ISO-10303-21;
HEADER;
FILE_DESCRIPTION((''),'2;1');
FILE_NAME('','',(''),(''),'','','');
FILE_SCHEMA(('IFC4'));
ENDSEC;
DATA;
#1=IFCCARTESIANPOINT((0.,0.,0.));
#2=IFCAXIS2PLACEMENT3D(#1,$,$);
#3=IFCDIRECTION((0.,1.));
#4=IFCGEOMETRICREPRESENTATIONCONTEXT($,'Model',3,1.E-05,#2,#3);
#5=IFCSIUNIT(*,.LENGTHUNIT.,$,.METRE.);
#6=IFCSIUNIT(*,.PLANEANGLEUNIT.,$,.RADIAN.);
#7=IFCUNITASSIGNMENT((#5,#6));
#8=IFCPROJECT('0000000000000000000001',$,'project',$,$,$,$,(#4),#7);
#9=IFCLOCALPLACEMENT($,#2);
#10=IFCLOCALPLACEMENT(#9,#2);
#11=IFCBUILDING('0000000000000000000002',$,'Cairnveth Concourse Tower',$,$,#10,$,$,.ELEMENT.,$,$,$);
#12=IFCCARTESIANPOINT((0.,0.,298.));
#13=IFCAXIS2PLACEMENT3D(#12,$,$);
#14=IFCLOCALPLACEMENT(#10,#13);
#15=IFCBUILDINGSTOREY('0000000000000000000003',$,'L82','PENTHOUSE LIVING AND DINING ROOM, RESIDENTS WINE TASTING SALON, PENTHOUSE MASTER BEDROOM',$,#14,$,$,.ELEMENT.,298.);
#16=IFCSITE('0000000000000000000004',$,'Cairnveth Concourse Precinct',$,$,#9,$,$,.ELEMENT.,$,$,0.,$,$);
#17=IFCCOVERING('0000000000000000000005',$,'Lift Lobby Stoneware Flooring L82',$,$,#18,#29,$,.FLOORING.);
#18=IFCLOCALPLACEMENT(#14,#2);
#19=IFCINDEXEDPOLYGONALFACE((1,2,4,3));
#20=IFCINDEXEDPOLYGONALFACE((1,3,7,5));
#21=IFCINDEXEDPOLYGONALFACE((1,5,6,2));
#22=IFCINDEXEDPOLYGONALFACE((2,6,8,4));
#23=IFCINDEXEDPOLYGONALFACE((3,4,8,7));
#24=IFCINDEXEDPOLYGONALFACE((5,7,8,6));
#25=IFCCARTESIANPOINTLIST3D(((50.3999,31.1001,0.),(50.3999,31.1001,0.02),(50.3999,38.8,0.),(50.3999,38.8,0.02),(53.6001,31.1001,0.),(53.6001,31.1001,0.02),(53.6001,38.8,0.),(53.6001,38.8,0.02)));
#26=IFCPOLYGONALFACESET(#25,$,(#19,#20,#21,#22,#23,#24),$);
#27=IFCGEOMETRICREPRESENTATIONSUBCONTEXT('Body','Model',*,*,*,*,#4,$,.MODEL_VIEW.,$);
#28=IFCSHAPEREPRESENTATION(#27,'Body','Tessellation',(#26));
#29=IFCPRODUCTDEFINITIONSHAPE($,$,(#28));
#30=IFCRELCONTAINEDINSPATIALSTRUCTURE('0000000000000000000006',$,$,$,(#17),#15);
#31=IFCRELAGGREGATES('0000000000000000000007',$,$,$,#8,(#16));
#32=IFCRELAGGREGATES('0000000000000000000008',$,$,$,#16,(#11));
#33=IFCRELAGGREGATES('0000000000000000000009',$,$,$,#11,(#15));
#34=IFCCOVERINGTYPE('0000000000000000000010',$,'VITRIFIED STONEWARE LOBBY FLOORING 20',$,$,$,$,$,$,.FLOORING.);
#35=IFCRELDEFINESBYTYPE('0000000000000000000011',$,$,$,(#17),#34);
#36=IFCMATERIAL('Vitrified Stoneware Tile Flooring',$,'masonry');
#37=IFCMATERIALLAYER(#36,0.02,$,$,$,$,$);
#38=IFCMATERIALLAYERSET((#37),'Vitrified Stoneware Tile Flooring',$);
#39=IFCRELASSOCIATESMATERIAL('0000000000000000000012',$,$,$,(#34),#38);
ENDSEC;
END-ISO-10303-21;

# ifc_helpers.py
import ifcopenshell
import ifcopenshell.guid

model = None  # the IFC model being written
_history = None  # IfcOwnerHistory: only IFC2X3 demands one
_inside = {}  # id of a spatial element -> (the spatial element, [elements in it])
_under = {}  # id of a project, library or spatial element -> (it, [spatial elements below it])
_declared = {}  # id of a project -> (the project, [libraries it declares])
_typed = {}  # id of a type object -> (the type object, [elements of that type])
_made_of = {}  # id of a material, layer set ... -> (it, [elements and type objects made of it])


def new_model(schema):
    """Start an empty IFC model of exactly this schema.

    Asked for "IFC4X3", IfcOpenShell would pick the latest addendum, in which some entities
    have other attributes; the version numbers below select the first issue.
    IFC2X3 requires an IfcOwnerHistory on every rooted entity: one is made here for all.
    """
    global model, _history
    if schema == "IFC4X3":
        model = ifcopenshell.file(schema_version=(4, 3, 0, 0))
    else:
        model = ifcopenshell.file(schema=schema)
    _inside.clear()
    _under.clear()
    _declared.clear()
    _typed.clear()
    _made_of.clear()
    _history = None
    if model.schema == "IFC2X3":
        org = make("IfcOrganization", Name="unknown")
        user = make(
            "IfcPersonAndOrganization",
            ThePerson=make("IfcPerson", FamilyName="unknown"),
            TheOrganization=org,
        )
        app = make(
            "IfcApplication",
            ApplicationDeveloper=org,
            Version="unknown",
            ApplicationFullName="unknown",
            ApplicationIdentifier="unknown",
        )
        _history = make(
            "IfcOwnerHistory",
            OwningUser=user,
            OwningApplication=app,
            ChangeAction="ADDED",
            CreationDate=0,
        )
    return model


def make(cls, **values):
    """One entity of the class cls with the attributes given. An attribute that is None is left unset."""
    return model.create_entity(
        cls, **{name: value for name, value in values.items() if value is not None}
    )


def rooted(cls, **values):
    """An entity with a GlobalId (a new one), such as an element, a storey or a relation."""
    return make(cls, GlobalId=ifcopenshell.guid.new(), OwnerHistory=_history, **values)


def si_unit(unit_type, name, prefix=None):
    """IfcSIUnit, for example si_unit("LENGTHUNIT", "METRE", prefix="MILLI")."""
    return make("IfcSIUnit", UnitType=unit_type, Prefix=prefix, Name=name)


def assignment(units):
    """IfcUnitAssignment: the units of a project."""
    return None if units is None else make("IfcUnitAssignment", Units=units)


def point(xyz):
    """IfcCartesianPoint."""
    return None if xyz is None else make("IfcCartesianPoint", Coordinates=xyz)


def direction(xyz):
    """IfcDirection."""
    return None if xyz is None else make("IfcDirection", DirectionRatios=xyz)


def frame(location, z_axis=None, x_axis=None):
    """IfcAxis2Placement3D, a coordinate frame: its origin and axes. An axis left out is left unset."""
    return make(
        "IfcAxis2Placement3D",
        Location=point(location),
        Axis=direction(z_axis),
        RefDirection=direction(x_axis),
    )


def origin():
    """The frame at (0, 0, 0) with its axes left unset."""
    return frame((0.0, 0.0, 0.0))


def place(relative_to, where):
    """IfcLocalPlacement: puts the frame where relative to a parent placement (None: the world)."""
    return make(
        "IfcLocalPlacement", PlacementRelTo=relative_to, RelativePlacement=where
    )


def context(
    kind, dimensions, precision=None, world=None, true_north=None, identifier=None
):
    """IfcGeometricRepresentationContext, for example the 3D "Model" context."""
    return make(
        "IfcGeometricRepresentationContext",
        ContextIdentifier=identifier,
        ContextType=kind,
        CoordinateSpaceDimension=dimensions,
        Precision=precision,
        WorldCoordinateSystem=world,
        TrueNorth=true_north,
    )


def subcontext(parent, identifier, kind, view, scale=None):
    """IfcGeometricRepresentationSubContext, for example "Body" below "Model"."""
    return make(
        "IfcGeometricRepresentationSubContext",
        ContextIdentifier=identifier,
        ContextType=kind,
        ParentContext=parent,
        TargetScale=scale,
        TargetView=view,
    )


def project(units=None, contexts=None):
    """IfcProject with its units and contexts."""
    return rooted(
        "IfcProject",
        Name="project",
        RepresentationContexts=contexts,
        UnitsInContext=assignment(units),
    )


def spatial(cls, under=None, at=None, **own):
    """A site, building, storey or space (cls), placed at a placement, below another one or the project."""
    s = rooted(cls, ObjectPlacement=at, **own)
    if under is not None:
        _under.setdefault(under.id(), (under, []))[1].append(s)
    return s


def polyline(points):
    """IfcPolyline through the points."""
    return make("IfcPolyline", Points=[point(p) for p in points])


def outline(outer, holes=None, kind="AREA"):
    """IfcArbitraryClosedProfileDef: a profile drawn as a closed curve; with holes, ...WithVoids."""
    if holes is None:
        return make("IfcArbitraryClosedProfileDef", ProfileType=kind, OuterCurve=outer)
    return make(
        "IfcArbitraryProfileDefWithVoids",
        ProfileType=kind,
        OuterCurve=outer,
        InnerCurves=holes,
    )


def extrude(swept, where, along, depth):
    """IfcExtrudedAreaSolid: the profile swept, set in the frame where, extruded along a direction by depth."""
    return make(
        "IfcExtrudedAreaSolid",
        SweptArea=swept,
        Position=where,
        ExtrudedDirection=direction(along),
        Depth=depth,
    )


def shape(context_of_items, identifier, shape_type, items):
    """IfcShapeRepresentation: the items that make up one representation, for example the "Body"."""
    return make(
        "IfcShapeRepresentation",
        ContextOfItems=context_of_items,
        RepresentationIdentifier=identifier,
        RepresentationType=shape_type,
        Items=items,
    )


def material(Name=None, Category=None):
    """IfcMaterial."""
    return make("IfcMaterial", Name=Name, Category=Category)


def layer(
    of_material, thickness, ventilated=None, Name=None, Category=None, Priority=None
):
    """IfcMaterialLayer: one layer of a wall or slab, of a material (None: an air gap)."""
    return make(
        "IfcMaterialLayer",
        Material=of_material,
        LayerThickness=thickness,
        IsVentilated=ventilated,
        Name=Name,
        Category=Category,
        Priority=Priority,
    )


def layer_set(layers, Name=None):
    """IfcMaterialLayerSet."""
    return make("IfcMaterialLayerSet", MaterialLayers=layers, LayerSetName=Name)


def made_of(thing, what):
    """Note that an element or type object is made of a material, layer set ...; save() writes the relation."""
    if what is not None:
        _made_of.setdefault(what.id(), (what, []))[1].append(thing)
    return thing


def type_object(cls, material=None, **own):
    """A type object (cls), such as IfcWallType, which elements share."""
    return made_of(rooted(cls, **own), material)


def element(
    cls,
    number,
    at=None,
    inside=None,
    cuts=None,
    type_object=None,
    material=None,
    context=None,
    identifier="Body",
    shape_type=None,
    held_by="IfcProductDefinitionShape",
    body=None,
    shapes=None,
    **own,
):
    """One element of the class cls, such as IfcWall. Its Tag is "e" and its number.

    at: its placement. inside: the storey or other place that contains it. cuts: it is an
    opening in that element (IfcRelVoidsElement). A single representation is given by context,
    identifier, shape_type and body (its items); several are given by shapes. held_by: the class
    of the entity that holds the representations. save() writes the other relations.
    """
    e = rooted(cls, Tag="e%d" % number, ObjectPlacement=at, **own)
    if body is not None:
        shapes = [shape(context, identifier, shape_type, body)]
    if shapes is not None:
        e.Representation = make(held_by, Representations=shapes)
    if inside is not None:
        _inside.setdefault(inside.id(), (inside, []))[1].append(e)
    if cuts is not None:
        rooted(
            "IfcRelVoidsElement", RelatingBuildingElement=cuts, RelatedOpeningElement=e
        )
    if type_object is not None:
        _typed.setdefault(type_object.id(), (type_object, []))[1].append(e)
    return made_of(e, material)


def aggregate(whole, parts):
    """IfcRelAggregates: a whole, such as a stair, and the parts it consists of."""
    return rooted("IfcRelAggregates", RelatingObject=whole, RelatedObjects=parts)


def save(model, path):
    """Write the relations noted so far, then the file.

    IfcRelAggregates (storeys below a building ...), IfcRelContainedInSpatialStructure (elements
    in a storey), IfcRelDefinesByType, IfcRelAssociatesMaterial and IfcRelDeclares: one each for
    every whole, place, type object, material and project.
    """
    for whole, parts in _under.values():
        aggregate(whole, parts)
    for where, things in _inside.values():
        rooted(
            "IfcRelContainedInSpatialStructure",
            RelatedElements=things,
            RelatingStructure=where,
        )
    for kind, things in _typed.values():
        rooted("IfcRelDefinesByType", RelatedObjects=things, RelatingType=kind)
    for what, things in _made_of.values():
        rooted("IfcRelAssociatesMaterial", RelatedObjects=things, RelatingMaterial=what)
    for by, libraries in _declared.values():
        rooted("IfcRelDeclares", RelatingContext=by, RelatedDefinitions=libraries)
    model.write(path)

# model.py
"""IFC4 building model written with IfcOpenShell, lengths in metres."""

from ifc_helpers import new_model, si_unit, direction, frame, origin, place, context, subcontext, project, spatial, polyline, outline, extrude, material, layer, layer_set, type_object, element, save


model = new_model("IFC4")

# Units and contexts
model_context = context("Model", 3, precision=1e-05, world=origin(), true_north=direction((0.0, 1.0)))
body_context = subcontext(model_context, "Body", "Model", "MODEL_VIEW")
ifc_project = project(units=[si_unit("LENGTHUNIT", "METRE"), si_unit("PLANEANGLEUNIT", "RADIAN")], contexts=[model_context])

# Site, building, storey
site_placement = place(None, origin())
site = spatial("IfcSite", under=ifc_project, at=site_placement, Name="Cairnveth Concourse Precinct", CompositionType="ELEMENT", RefElevation=0.0)
building_placement = place(site_placement, origin())
building = spatial("IfcBuilding", under=site, at=building_placement, Name="Cairnveth Concourse Tower", CompositionType="ELEMENT")
storey_placement = place(building_placement, frame((0.0, 0.0, 298.0)))
storey = spatial("IfcBuildingStorey", under=building, at=storey_placement, Name="L82", Description="PENTHOUSE LIVING AND DINING ROOM, RESIDENTS WINE TASTING SALON, PENTHOUSE MASTER BEDROOM", CompositionType="ELEMENT", Elevation=298.0)

# Covering
ifc_material_1 = material(Name="Vitrified Stoneware Tile Flooring", Category="masonry")
ifc_layer_1 = layer(ifc_material_1, 0.02)
ifc_layer_set_1 = layer_set([ifc_layer_1], Name="Vitrified Stoneware Tile Flooring")
covering_type_1 = type_object("IfcCoveringType", Name="VITRIFIED STONEWARE LOBBY FLOORING 20", PredefinedType="FLOORING", material=ifc_layer_set_1)
covering_1_placement = place(storey_placement, origin())
element("IfcCovering", 1, at=covering_1_placement, inside=storey, type_object=covering_type_1, Name="Lift Lobby Stoneware Flooring L82", PredefinedType="FLOORING", context=body_context, shape_type="SweptSolid", body=[
    extrude(outline(polyline([(50.3999, 31.1001), (53.6001, 31.1001), (53.6001, 38.8), (50.3999, 38.8), (50.3999, 31.1001)])), origin(), (0.0, 0.0, 1.0), 0.02),
])

save(model, "model.ifc")
